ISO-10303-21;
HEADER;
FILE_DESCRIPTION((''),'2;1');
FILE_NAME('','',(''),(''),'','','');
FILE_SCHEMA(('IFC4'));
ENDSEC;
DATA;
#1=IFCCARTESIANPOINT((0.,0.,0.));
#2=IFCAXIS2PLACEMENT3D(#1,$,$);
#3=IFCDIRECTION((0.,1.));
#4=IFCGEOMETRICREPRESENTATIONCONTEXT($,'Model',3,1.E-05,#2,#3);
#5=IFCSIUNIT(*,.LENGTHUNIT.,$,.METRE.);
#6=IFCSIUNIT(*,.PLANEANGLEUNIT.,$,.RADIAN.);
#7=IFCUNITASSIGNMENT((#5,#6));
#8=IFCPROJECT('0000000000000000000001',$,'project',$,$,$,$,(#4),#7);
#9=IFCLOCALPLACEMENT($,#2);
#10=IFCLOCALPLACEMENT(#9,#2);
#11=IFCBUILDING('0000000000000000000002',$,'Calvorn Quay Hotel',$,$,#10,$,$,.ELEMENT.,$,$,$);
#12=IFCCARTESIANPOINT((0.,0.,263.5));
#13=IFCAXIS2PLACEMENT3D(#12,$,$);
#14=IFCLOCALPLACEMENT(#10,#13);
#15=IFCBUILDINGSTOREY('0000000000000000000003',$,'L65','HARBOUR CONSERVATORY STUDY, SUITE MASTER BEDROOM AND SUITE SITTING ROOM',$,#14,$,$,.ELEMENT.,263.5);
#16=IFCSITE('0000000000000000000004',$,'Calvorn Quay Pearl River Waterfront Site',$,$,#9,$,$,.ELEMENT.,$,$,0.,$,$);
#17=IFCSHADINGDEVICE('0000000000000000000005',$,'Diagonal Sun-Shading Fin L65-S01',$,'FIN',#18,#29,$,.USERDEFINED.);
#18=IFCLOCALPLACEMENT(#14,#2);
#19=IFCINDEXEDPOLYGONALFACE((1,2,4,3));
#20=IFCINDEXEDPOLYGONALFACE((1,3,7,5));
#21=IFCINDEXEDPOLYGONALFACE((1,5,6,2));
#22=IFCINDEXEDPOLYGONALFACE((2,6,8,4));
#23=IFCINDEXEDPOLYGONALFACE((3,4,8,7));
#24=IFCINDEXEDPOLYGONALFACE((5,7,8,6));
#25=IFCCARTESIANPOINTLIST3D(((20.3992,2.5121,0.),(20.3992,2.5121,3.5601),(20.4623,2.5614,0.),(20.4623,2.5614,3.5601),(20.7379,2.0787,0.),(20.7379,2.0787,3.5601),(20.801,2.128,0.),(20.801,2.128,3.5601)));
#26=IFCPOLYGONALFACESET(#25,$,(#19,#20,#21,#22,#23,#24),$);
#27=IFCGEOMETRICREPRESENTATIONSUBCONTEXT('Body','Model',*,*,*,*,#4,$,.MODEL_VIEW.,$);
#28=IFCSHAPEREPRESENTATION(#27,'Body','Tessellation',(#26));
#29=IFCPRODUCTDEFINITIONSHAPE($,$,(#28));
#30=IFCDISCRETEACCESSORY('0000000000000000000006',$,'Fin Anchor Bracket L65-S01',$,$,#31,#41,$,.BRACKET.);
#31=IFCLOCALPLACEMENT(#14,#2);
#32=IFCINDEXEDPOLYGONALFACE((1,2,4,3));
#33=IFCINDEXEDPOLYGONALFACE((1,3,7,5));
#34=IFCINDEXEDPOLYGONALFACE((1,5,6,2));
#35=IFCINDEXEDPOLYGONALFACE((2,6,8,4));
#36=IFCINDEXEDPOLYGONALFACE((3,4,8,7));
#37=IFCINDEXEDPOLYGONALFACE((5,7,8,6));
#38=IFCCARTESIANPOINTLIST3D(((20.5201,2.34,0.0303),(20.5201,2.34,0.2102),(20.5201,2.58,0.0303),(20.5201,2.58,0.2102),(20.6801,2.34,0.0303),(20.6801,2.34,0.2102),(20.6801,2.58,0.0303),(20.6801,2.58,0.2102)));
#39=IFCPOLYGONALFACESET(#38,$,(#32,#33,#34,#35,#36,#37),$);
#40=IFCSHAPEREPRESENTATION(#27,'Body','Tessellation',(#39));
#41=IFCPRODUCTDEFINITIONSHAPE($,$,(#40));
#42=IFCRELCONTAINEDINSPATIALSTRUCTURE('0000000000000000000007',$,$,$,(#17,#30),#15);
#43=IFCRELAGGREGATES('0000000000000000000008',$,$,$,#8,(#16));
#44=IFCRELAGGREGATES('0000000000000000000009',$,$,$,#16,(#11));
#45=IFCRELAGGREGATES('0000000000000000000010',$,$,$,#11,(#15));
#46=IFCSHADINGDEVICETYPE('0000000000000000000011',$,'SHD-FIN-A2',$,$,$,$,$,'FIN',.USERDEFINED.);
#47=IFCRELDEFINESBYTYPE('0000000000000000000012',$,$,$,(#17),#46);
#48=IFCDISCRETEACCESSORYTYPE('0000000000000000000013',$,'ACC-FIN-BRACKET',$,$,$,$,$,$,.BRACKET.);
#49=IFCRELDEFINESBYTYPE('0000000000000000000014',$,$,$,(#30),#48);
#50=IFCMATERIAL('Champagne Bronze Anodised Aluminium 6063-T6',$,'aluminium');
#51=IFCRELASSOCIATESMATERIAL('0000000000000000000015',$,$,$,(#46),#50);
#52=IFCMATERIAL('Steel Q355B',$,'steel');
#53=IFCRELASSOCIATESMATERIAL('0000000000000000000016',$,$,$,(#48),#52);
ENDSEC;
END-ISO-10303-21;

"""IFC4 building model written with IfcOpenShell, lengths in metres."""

from ifc_helpers import new_model, si_unit, direction, frame, origin, origin_2d, place, context, subcontext, project, spatial, rectangle, extrude, material, type_object, element, save


model = new_model("IFC4")

# Units and contexts
model_context = context("Model", 3, precision=1e-05, world=origin(), true_north=direction((0.0, 1.0)))
body_context = subcontext(model_context, "Body", "Model", "MODEL_VIEW")
ifc_project = project(units=[si_unit("LENGTHUNIT", "METRE"), si_unit("PLANEANGLEUNIT", "RADIAN")], contexts=[model_context])

# Site, building, storey
site_placement = place(None, origin())
site = spatial("IfcSite", under=ifc_project, at=site_placement, Name="Calvorn Quay Pearl River Waterfront Site", CompositionType="ELEMENT", RefElevation=0.0)
building_placement = place(site_placement, origin())
building = spatial("IfcBuilding", under=site, at=building_placement, Name="Calvorn Quay Hotel", CompositionType="ELEMENT")
storey_placement = place(building_placement, frame((0.0, 0.0, 263.5)))
storey = spatial("IfcBuildingStorey", under=building, at=storey_placement, Name="L65", Description="HARBOUR CONSERVATORY STUDY, SUITE MASTER BEDROOM AND SUITE SITTING ROOM", CompositionType="ELEMENT", Elevation=263.5)

# Shading device
ifc_material_1 = material(Name="Champagne Bronze Anodised Aluminium 6063-T6", Category="aluminium")
shading_device_type = type_object("IfcShadingDeviceType", Name="SHD-FIN-A2", ElementType="FIN", PredefinedType="USERDEFINED", material=ifc_material_1)
shading_device_placement = place(storey_placement, frame((20.6001, 2.3201, 0.0), z_axis=(0.0, 0.0, 1.0), x_axis=(-0.615661, 0.788011, 0.0)))
element("IfcShadingDevice", 1, at=shading_device_placement, inside=storey, type_object=shading_device_type, Name="Diagonal Sun-Shading Fin L65-S01", ObjectType="FIN", PredefinedType="USERDEFINED", context=body_context, shape_type="SweptSolid", body=[
    extrude(rectangle(XDim=0.55, YDim=0.0801, at=origin_2d()), origin(), (0.0, 0.0, 1.0), 3.5601),
])

# Discrete accessory
ifc_material_2 = material(Name="Steel Q355B", Category="steel")
discrete_accessory_type = type_object("IfcDiscreteAccessoryType", Name="ACC-FIN-BRACKET", PredefinedType="BRACKET", material=ifc_material_2)
discrete_accessory_placement = place(storey_placement, frame((20.6001, 2.46, 0.0303), z_axis=(0.0, 0.0, 1.0), x_axis=(0.0, 1.0, 0.0)))
element("IfcDiscreteAccessory", 2, at=discrete_accessory_placement, inside=storey, type_object=discrete_accessory_type, Name="Fin Anchor Bracket L65-S01", PredefinedType="BRACKET", context=body_context, shape_type="SweptSolid", body=[
    extrude(rectangle(XDim=0.24, YDim=0.1599, at=origin_2d()), origin(), (0.0, 0.0, 1.0), 0.1799),
])

save(model, "model.ifc")
